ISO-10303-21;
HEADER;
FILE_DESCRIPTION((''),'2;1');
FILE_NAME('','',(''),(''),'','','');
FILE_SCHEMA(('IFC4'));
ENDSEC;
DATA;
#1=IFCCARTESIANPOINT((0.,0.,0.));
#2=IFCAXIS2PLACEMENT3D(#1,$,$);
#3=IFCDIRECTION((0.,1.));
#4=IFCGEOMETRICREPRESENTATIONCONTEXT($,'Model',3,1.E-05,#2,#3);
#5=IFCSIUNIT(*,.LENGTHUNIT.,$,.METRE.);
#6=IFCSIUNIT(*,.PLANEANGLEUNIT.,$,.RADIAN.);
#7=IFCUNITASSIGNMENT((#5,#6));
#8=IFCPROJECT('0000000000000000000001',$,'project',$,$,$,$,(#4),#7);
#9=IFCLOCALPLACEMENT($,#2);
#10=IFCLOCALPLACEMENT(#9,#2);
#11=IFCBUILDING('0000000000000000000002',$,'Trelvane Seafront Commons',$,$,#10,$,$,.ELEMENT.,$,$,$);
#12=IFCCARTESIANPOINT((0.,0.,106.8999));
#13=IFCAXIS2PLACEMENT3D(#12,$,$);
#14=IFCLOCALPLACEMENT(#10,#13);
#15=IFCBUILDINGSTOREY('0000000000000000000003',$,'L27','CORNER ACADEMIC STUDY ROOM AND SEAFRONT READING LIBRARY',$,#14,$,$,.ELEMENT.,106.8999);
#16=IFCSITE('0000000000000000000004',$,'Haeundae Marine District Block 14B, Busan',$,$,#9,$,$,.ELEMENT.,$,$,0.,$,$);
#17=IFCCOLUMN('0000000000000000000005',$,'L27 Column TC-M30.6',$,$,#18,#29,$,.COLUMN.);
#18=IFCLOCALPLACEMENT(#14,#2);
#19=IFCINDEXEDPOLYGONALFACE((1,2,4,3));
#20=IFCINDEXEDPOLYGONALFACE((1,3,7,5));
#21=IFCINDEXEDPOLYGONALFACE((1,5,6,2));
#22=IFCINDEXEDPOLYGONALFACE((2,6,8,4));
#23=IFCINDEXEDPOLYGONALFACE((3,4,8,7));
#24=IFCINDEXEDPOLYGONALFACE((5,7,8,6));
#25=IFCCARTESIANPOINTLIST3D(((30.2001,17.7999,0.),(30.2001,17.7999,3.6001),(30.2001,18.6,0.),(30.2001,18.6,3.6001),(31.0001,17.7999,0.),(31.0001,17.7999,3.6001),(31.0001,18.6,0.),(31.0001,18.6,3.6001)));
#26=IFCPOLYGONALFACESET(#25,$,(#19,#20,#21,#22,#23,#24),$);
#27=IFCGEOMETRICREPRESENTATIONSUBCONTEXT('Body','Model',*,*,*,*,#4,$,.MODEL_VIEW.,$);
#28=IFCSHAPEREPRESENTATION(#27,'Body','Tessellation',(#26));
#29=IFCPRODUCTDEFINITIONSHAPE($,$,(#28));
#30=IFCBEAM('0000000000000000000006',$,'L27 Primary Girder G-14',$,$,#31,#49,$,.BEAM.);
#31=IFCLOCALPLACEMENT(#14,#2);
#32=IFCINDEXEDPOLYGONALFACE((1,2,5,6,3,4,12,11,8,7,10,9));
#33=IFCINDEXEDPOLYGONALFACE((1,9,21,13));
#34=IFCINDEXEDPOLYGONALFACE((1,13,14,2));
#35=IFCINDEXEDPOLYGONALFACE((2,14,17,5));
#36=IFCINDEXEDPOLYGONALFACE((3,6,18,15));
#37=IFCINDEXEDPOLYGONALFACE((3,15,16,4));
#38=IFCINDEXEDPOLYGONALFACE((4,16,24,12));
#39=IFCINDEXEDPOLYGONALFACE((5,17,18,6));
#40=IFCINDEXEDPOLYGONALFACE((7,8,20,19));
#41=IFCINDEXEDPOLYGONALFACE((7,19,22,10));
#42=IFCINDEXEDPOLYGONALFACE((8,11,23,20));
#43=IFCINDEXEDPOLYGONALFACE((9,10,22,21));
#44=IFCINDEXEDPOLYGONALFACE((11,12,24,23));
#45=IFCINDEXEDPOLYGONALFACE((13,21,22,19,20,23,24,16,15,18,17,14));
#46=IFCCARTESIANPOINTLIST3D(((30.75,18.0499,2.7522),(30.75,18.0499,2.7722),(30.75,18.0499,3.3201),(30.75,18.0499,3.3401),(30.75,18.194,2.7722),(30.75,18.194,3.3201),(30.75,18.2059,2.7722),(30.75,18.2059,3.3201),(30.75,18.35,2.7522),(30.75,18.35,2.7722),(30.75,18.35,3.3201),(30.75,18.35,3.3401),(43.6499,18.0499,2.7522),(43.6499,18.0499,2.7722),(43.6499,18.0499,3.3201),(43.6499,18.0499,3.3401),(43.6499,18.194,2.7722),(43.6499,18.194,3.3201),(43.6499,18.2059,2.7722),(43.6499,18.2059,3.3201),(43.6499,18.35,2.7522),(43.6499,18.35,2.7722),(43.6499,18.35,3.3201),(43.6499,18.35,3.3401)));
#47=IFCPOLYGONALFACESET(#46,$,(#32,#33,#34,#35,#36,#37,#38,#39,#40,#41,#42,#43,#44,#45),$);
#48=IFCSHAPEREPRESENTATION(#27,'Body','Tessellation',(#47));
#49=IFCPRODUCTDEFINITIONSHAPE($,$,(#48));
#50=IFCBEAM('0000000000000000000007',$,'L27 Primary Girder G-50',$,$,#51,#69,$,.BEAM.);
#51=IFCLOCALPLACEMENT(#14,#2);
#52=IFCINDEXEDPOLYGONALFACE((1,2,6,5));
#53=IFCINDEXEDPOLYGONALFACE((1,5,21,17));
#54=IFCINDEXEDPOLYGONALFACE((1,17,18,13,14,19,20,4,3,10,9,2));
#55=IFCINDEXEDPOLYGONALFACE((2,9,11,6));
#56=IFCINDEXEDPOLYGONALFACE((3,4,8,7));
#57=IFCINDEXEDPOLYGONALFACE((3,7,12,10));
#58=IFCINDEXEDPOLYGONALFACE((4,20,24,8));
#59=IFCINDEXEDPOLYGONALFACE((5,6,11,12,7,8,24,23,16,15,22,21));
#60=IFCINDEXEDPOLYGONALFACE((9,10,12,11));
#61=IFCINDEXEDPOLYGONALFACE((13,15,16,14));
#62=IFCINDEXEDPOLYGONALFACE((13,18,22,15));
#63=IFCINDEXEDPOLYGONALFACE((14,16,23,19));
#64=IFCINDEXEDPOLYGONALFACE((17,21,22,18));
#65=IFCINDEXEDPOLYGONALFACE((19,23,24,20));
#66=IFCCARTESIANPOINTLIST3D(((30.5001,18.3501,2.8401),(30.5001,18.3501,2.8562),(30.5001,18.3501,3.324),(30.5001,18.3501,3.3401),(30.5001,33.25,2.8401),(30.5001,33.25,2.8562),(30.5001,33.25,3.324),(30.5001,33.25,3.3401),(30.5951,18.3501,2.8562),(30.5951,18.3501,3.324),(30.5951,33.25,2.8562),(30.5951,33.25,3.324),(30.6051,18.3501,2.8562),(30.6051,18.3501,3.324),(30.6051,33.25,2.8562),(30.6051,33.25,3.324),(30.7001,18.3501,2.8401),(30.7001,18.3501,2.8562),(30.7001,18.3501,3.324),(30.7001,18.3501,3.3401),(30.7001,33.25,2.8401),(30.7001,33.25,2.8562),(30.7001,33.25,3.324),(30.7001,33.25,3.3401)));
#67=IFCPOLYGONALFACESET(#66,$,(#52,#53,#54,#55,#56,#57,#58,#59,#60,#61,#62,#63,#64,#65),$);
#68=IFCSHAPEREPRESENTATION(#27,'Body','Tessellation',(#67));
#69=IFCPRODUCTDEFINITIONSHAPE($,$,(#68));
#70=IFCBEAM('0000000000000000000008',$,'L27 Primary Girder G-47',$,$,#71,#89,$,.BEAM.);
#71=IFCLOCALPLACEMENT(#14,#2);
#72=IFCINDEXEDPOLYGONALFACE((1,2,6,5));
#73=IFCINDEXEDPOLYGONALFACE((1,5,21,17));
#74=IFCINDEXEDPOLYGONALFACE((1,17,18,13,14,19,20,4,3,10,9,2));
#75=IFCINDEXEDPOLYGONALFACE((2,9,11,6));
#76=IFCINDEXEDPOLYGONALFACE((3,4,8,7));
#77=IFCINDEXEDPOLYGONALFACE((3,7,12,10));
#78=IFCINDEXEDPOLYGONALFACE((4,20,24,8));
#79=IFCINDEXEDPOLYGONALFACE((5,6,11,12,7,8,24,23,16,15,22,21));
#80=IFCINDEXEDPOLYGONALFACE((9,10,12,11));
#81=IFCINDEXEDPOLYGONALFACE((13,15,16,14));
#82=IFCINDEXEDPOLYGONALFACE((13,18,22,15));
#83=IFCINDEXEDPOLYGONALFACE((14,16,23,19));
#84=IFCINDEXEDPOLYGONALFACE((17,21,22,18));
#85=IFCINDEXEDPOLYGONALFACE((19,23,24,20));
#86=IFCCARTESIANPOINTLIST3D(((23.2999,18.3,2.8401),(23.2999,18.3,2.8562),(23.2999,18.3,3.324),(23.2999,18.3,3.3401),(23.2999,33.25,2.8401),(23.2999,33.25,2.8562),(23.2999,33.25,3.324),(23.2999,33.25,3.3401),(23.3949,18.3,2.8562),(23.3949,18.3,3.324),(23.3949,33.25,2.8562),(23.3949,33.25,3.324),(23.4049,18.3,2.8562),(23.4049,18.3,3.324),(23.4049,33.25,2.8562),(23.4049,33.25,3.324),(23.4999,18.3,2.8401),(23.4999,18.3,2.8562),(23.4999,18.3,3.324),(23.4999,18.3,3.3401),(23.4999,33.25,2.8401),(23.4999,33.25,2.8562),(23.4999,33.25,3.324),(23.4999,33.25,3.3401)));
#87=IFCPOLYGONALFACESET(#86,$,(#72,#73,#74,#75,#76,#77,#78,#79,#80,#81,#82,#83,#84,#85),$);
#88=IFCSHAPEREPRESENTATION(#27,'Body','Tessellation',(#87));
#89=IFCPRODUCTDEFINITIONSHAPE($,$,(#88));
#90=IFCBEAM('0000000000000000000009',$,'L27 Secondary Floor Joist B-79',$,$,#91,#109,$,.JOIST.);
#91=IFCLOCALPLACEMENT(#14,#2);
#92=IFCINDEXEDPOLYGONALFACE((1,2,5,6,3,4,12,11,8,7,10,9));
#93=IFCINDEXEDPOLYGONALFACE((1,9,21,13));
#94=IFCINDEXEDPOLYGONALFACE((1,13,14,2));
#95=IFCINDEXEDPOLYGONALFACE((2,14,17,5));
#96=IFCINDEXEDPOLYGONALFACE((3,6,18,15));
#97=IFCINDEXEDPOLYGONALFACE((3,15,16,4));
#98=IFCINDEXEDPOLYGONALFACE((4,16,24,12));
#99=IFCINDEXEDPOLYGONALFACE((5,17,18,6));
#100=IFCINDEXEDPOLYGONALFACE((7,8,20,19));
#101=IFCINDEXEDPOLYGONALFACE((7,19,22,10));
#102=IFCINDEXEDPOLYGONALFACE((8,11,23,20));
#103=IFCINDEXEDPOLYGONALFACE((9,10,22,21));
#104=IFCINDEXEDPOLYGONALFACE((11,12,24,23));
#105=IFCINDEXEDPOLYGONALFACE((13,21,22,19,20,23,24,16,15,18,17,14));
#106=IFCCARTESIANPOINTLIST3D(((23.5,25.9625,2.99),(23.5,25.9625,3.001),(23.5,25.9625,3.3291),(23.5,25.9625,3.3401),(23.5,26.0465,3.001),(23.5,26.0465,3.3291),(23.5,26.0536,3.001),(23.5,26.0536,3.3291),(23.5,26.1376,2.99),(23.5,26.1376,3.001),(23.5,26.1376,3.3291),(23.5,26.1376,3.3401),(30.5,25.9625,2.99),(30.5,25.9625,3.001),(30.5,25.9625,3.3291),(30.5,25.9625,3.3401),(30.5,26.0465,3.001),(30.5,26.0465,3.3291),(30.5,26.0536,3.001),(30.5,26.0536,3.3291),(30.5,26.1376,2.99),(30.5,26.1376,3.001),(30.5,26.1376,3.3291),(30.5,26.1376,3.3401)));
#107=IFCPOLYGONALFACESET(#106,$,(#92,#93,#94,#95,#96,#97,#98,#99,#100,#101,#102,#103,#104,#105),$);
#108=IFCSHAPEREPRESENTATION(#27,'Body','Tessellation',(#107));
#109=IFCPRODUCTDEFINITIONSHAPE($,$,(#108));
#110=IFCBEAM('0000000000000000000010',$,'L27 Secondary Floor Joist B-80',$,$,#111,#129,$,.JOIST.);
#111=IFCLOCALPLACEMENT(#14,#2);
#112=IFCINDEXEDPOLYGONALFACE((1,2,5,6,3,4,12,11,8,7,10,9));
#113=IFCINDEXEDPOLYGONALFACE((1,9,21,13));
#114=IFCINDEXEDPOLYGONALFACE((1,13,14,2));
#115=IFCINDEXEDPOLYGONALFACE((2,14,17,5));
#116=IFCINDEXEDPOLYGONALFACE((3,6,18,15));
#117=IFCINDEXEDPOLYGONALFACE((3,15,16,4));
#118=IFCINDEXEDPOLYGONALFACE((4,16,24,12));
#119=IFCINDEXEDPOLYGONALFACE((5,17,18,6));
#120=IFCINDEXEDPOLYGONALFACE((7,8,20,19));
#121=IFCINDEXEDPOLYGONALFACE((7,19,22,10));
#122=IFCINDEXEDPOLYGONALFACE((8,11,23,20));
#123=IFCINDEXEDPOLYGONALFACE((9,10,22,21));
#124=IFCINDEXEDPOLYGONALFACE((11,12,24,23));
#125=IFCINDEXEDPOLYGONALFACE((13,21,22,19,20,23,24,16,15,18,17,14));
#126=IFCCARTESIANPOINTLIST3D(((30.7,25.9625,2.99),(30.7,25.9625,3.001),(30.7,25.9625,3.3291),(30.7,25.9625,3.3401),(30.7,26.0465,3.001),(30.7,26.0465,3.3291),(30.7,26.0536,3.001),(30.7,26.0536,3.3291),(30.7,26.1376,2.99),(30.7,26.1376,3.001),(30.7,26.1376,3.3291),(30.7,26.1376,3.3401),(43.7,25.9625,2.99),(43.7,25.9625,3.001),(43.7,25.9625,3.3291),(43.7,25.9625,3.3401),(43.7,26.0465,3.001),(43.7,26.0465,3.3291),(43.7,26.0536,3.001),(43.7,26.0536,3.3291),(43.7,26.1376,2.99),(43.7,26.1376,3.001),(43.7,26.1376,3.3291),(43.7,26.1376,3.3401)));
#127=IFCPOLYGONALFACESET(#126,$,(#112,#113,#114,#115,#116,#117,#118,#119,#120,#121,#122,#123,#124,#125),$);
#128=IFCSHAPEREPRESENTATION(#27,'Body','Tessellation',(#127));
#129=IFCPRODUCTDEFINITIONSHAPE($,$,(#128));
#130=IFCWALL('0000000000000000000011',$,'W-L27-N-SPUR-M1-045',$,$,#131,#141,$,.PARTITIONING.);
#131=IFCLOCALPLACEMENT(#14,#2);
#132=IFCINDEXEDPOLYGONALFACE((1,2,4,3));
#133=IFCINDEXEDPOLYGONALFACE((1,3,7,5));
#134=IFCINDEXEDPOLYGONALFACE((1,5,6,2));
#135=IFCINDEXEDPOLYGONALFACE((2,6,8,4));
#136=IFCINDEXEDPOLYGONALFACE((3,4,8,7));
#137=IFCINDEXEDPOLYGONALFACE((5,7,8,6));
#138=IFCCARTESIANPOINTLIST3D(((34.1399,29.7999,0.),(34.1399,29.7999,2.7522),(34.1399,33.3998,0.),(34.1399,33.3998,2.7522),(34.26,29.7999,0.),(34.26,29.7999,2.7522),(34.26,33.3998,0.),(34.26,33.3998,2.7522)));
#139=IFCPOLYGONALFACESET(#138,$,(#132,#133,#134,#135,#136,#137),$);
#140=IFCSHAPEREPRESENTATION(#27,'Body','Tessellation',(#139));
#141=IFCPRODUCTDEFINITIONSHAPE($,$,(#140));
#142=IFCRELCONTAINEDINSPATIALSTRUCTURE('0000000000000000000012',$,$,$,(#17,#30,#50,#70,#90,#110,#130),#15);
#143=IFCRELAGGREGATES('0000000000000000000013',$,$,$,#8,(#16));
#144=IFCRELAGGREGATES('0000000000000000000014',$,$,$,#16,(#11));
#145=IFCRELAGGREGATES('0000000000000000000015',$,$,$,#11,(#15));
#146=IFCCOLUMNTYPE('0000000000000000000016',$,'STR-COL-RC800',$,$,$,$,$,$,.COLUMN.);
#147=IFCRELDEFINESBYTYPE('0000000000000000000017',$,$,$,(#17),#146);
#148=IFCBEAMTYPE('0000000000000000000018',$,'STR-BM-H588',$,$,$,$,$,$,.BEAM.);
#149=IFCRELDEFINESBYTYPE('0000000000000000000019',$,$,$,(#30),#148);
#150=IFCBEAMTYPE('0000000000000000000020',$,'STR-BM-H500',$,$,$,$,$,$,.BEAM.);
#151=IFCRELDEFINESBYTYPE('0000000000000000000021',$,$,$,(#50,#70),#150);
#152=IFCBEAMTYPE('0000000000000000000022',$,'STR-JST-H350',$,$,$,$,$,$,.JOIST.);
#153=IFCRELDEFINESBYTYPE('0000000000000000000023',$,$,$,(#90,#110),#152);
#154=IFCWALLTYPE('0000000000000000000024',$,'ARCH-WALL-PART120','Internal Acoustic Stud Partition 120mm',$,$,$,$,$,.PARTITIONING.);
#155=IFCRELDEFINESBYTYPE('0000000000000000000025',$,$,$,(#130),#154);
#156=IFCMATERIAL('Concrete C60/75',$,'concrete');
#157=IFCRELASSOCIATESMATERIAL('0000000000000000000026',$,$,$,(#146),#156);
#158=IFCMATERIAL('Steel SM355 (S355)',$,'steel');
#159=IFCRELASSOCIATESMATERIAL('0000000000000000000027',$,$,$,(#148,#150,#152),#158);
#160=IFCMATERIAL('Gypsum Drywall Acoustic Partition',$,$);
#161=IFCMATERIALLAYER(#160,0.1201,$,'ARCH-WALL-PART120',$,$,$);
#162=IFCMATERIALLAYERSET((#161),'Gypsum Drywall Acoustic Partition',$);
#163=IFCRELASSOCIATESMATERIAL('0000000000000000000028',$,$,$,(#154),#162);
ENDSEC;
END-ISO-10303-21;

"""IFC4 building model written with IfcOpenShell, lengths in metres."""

from ifc_helpers import new_model, si_unit, direction, frame, frame_2d, origin, origin_2d, place, context, subcontext, project, spatial, rectangle, i_section, extrude, source, transform, mapped, material, layer, layer_set, material_profile, profile_set, type_object, element, save


model = new_model("IFC4")

# Units and contexts
model_context = context("Model", 3, precision=1e-05, world=origin(), true_north=direction((0.0, 1.0)))
body_context = subcontext(model_context, "Body", "Model", "MODEL_VIEW")
ifc_project = project(units=[si_unit("LENGTHUNIT", "METRE"), si_unit("PLANEANGLEUNIT", "RADIAN")], contexts=[model_context])

# Site, building, storey
site_placement = place(None, origin())
site = spatial("IfcSite", under=ifc_project, at=site_placement, Name="Haeundae Marine District Block 14B, Busan", CompositionType="ELEMENT", RefElevation=0.0)
building_placement = place(site_placement, origin())
building = spatial("IfcBuilding", under=site, at=building_placement, Name="Trelvane Seafront Commons", CompositionType="ELEMENT")
storey_placement = place(building_placement, frame((0.0, 0.0, 106.8999)))
storey = spatial("IfcBuildingStorey", under=building, at=storey_placement, Name="L27", Description="CORNER ACADEMIC STUDY ROOM AND SEAFRONT READING LIBRARY", CompositionType="ELEMENT", Elevation=106.8999)

# Column
ifc_material_1 = material(Name="Concrete C60/75", Category="concrete")
ifc_material_profile_1 = material_profile(ifc_material_1, rectangle(XDim=0.8, YDim=0.8, at=origin_2d()), Name="RC-800x800")
ifc_profile_set_1 = profile_set([ifc_material_profile_1], Name="Concrete C60/75")
column_type = type_object("IfcColumnType", Name="STR-COL-RC800", PredefinedType="COLUMN", material=ifc_profile_set_1)
shared_shape_1 = source(origin(), body_context, "Body", "SweptSolid", [
    extrude(rectangle(XDim=0.8, YDim=0.8, at=origin_2d()), origin(), (0.0, 0.0, 1.0), 3.6001),
])
column_placement = place(storey_placement, frame((30.6001, 18.2, 0.0), z_axis=(0.0, 0.0, 1.0), x_axis=(1.0, 0.0, 0.0)))
element("IfcColumn", 1, at=column_placement, inside=storey, type_object=column_type, Name="L27 Column TC-M30.6", PredefinedType="COLUMN", context=body_context, shape_type="MappedRepresentation", body=[
    mapped(shared_shape_1, transform((0.0, 0.0, 0.0), x_axis=(1.0, 0.0, 0.0), y_axis=(0.0, 1.0, 0.0), z_axis=(0.0, 0.0, 1.0), scale=1.0)),
])

# Beams
ifc_material_2 = material(Name="Steel SM355 (S355)", Category="steel")
ifc_material_profile_2 = material_profile(ifc_material_2, i_section(OverallWidth=0.3, OverallDepth=0.5879, WebThickness=0.012, FlangeThickness=0.02, at=origin_2d()), Name="H-588x300x12x20")
ifc_profile_set_2 = profile_set([ifc_material_profile_2], Name="Steel SM355 (S355)")
beam_type_1 = type_object("IfcBeamType", Name="STR-BM-H588", PredefinedType="BEAM", material=ifc_profile_set_2)
shared_shape_2 = source(origin(), body_context, "Body", "SweptSolid", [
    extrude(i_section(OverallWidth=0.3, OverallDepth=0.5879, WebThickness=0.012, FlangeThickness=0.02, at=origin_2d()), origin(), (0.0, 0.0, 1.0), 12.8999),
])
beam_1_placement = place(storey_placement, frame((30.75, 18.2, 3.0461), z_axis=(1.0, 0.0, 0.0), x_axis=(0.0, 1.0, 0.0)))
element("IfcBeam", 2, at=beam_1_placement, inside=storey, type_object=beam_type_1, Name="L27 Primary Girder G-14", PredefinedType="BEAM", context=body_context, shape_type="MappedRepresentation", body=[
    mapped(shared_shape_2, transform((0.0, 0.0, 0.0), x_axis=(1.0, 0.0, 0.0), y_axis=(0.0, 1.0, 0.0), z_axis=(0.0, 0.0, 1.0), scale=1.0)),
])
ifc_material_profile_3 = material_profile(ifc_material_2, i_section(OverallWidth=0.2, OverallDepth=0.5, WebThickness=0.01, FlangeThickness=0.0161, at=origin_2d()), Name="H-500x200x10x16")
ifc_profile_set_3 = profile_set([ifc_material_profile_3], Name="Steel SM355 (S355)")
beam_type_2 = type_object("IfcBeamType", Name="STR-BM-H500", PredefinedType="BEAM", material=ifc_profile_set_3)
shared_shape_3 = source(origin(), body_context, "Body", "SweptSolid", [
    extrude(i_section(OverallWidth=0.2, OverallDepth=0.5, WebThickness=0.01, FlangeThickness=0.0161, at=origin_2d()), origin(), (0.0, 0.0, 1.0), 14.8999),
])
beam_2_placement = place(storey_placement, frame((30.6001, 18.3501, 3.0901), z_axis=(0.0, 1.0, 0.0), x_axis=(-1.0, 0.0, 0.0)))
element("IfcBeam", 3, at=beam_2_placement, inside=storey, type_object=beam_type_2, Name="L27 Primary Girder G-50", PredefinedType="BEAM", context=body_context, shape_type="MappedRepresentation", body=[
    mapped(shared_shape_3, transform((0.0, 0.0, 0.0), x_axis=(1.0, 0.0, 0.0), y_axis=(0.0, 1.0, 0.0), z_axis=(0.0, 0.0, 1.0), scale=1.0)),
])
shared_shape_4 = source(origin(), body_context, "Body", "SweptSolid", [
    extrude(i_section(OverallWidth=0.2, OverallDepth=0.5, WebThickness=0.01, FlangeThickness=0.0161, at=origin_2d()), origin(), (0.0, 0.0, 1.0), 14.95),
])
beam_3_placement = place(storey_placement, frame((23.3999, 18.3, 3.0901), z_axis=(0.0, 1.0, 0.0), x_axis=(-1.0, 0.0, 0.0)))
element("IfcBeam", 4, at=beam_3_placement, inside=storey, type_object=beam_type_2, Name="L27 Primary Girder G-47", PredefinedType="BEAM", context=body_context, shape_type="MappedRepresentation", body=[
    mapped(shared_shape_4, transform((0.0, 0.0, 0.0), x_axis=(1.0, 0.0, 0.0), y_axis=(0.0, 1.0, 0.0), z_axis=(0.0, 0.0, 1.0), scale=1.0)),
])
ifc_material_profile_4 = material_profile(ifc_material_2, i_section(OverallWidth=0.175, OverallDepth=0.3501, WebThickness=0.0071, FlangeThickness=0.011, at=origin_2d()), Name="H-350x175x7x11")
ifc_profile_set_4 = profile_set([ifc_material_profile_4], Name="Steel SM355 (S355)")
beam_type_3 = type_object("IfcBeamType", Name="STR-JST-H350", PredefinedType="JOIST", material=ifc_profile_set_4)
shared_shape_5 = source(origin(), body_context, "Body", "SweptSolid", [
    extrude(i_section(OverallWidth=0.175, OverallDepth=0.3501, WebThickness=0.0071, FlangeThickness=0.011, at=origin_2d()), origin(), (0.0, 0.0, 1.0), 7.0),
])
beam_4_placement = place(storey_placement, frame((23.5, 26.05, 3.165), z_axis=(1.0, 0.0, 0.0), x_axis=(0.0, 1.0, 0.0)))
element("IfcBeam", 5, at=beam_4_placement, inside=storey, type_object=beam_type_3, Name="L27 Secondary Floor Joist B-79", PredefinedType="JOIST", context=body_context, shape_type="MappedRepresentation", body=[
    mapped(shared_shape_5, transform((0.0, 0.0, 0.0), x_axis=(1.0, 0.0, 0.0), y_axis=(0.0, 1.0, 0.0), z_axis=(0.0, 0.0, 1.0), scale=1.0)),
])
shared_shape_6 = source(origin(), body_context, "Body", "SweptSolid", [
    extrude(i_section(OverallWidth=0.175, OverallDepth=0.3501, WebThickness=0.0071, FlangeThickness=0.011, at=origin_2d()), origin(), (0.0, 0.0, 1.0), 13.0),
])
beam_5_placement = place(storey_placement, frame((30.7, 26.05, 3.165), z_axis=(1.0, 0.0, 0.0), x_axis=(0.0, 1.0, 0.0)))
element("IfcBeam", 6, at=beam_5_placement, inside=storey, type_object=beam_type_3, Name="L27 Secondary Floor Joist B-80", PredefinedType="JOIST", context=body_context, shape_type="MappedRepresentation", body=[
    mapped(shared_shape_6, transform((0.0, 0.0, 0.0), x_axis=(1.0, 0.0, 0.0), y_axis=(0.0, 1.0, 0.0), z_axis=(0.0, 0.0, 1.0), scale=1.0)),
])

# Wall
ifc_material_3 = material(Name="Gypsum Drywall Acoustic Partition")
ifc_layer_1 = layer(ifc_material_3, 0.1201, Name="ARCH-WALL-PART120")
ifc_layer_set_1 = layer_set([ifc_layer_1], Name="Gypsum Drywall Acoustic Partition")
wall_type_1 = type_object("IfcWallType", Name="ARCH-WALL-PART120", Description="Internal Acoustic Stud Partition 120mm", PredefinedType="PARTITIONING", material=ifc_layer_set_1)
wall_1_placement = place(storey_placement, frame((34.2, 29.8, 0.0), z_axis=(0.0, 0.0, 1.0), x_axis=(0.0, 1.0, 0.0)))
element("IfcWall", 7, at=wall_1_placement, inside=storey, type_object=wall_type_1, Name="W-L27-N-SPUR-M1-045", PredefinedType="PARTITIONING", context=body_context, shape_type="SweptSolid", body=[
    extrude(rectangle(XDim=3.5999, YDim=0.1201, at=frame_2d((1.7998, 0.0))), origin(), (0.0, 0.0, 1.0), 2.7522),
])

save(model, "model.ifc")
